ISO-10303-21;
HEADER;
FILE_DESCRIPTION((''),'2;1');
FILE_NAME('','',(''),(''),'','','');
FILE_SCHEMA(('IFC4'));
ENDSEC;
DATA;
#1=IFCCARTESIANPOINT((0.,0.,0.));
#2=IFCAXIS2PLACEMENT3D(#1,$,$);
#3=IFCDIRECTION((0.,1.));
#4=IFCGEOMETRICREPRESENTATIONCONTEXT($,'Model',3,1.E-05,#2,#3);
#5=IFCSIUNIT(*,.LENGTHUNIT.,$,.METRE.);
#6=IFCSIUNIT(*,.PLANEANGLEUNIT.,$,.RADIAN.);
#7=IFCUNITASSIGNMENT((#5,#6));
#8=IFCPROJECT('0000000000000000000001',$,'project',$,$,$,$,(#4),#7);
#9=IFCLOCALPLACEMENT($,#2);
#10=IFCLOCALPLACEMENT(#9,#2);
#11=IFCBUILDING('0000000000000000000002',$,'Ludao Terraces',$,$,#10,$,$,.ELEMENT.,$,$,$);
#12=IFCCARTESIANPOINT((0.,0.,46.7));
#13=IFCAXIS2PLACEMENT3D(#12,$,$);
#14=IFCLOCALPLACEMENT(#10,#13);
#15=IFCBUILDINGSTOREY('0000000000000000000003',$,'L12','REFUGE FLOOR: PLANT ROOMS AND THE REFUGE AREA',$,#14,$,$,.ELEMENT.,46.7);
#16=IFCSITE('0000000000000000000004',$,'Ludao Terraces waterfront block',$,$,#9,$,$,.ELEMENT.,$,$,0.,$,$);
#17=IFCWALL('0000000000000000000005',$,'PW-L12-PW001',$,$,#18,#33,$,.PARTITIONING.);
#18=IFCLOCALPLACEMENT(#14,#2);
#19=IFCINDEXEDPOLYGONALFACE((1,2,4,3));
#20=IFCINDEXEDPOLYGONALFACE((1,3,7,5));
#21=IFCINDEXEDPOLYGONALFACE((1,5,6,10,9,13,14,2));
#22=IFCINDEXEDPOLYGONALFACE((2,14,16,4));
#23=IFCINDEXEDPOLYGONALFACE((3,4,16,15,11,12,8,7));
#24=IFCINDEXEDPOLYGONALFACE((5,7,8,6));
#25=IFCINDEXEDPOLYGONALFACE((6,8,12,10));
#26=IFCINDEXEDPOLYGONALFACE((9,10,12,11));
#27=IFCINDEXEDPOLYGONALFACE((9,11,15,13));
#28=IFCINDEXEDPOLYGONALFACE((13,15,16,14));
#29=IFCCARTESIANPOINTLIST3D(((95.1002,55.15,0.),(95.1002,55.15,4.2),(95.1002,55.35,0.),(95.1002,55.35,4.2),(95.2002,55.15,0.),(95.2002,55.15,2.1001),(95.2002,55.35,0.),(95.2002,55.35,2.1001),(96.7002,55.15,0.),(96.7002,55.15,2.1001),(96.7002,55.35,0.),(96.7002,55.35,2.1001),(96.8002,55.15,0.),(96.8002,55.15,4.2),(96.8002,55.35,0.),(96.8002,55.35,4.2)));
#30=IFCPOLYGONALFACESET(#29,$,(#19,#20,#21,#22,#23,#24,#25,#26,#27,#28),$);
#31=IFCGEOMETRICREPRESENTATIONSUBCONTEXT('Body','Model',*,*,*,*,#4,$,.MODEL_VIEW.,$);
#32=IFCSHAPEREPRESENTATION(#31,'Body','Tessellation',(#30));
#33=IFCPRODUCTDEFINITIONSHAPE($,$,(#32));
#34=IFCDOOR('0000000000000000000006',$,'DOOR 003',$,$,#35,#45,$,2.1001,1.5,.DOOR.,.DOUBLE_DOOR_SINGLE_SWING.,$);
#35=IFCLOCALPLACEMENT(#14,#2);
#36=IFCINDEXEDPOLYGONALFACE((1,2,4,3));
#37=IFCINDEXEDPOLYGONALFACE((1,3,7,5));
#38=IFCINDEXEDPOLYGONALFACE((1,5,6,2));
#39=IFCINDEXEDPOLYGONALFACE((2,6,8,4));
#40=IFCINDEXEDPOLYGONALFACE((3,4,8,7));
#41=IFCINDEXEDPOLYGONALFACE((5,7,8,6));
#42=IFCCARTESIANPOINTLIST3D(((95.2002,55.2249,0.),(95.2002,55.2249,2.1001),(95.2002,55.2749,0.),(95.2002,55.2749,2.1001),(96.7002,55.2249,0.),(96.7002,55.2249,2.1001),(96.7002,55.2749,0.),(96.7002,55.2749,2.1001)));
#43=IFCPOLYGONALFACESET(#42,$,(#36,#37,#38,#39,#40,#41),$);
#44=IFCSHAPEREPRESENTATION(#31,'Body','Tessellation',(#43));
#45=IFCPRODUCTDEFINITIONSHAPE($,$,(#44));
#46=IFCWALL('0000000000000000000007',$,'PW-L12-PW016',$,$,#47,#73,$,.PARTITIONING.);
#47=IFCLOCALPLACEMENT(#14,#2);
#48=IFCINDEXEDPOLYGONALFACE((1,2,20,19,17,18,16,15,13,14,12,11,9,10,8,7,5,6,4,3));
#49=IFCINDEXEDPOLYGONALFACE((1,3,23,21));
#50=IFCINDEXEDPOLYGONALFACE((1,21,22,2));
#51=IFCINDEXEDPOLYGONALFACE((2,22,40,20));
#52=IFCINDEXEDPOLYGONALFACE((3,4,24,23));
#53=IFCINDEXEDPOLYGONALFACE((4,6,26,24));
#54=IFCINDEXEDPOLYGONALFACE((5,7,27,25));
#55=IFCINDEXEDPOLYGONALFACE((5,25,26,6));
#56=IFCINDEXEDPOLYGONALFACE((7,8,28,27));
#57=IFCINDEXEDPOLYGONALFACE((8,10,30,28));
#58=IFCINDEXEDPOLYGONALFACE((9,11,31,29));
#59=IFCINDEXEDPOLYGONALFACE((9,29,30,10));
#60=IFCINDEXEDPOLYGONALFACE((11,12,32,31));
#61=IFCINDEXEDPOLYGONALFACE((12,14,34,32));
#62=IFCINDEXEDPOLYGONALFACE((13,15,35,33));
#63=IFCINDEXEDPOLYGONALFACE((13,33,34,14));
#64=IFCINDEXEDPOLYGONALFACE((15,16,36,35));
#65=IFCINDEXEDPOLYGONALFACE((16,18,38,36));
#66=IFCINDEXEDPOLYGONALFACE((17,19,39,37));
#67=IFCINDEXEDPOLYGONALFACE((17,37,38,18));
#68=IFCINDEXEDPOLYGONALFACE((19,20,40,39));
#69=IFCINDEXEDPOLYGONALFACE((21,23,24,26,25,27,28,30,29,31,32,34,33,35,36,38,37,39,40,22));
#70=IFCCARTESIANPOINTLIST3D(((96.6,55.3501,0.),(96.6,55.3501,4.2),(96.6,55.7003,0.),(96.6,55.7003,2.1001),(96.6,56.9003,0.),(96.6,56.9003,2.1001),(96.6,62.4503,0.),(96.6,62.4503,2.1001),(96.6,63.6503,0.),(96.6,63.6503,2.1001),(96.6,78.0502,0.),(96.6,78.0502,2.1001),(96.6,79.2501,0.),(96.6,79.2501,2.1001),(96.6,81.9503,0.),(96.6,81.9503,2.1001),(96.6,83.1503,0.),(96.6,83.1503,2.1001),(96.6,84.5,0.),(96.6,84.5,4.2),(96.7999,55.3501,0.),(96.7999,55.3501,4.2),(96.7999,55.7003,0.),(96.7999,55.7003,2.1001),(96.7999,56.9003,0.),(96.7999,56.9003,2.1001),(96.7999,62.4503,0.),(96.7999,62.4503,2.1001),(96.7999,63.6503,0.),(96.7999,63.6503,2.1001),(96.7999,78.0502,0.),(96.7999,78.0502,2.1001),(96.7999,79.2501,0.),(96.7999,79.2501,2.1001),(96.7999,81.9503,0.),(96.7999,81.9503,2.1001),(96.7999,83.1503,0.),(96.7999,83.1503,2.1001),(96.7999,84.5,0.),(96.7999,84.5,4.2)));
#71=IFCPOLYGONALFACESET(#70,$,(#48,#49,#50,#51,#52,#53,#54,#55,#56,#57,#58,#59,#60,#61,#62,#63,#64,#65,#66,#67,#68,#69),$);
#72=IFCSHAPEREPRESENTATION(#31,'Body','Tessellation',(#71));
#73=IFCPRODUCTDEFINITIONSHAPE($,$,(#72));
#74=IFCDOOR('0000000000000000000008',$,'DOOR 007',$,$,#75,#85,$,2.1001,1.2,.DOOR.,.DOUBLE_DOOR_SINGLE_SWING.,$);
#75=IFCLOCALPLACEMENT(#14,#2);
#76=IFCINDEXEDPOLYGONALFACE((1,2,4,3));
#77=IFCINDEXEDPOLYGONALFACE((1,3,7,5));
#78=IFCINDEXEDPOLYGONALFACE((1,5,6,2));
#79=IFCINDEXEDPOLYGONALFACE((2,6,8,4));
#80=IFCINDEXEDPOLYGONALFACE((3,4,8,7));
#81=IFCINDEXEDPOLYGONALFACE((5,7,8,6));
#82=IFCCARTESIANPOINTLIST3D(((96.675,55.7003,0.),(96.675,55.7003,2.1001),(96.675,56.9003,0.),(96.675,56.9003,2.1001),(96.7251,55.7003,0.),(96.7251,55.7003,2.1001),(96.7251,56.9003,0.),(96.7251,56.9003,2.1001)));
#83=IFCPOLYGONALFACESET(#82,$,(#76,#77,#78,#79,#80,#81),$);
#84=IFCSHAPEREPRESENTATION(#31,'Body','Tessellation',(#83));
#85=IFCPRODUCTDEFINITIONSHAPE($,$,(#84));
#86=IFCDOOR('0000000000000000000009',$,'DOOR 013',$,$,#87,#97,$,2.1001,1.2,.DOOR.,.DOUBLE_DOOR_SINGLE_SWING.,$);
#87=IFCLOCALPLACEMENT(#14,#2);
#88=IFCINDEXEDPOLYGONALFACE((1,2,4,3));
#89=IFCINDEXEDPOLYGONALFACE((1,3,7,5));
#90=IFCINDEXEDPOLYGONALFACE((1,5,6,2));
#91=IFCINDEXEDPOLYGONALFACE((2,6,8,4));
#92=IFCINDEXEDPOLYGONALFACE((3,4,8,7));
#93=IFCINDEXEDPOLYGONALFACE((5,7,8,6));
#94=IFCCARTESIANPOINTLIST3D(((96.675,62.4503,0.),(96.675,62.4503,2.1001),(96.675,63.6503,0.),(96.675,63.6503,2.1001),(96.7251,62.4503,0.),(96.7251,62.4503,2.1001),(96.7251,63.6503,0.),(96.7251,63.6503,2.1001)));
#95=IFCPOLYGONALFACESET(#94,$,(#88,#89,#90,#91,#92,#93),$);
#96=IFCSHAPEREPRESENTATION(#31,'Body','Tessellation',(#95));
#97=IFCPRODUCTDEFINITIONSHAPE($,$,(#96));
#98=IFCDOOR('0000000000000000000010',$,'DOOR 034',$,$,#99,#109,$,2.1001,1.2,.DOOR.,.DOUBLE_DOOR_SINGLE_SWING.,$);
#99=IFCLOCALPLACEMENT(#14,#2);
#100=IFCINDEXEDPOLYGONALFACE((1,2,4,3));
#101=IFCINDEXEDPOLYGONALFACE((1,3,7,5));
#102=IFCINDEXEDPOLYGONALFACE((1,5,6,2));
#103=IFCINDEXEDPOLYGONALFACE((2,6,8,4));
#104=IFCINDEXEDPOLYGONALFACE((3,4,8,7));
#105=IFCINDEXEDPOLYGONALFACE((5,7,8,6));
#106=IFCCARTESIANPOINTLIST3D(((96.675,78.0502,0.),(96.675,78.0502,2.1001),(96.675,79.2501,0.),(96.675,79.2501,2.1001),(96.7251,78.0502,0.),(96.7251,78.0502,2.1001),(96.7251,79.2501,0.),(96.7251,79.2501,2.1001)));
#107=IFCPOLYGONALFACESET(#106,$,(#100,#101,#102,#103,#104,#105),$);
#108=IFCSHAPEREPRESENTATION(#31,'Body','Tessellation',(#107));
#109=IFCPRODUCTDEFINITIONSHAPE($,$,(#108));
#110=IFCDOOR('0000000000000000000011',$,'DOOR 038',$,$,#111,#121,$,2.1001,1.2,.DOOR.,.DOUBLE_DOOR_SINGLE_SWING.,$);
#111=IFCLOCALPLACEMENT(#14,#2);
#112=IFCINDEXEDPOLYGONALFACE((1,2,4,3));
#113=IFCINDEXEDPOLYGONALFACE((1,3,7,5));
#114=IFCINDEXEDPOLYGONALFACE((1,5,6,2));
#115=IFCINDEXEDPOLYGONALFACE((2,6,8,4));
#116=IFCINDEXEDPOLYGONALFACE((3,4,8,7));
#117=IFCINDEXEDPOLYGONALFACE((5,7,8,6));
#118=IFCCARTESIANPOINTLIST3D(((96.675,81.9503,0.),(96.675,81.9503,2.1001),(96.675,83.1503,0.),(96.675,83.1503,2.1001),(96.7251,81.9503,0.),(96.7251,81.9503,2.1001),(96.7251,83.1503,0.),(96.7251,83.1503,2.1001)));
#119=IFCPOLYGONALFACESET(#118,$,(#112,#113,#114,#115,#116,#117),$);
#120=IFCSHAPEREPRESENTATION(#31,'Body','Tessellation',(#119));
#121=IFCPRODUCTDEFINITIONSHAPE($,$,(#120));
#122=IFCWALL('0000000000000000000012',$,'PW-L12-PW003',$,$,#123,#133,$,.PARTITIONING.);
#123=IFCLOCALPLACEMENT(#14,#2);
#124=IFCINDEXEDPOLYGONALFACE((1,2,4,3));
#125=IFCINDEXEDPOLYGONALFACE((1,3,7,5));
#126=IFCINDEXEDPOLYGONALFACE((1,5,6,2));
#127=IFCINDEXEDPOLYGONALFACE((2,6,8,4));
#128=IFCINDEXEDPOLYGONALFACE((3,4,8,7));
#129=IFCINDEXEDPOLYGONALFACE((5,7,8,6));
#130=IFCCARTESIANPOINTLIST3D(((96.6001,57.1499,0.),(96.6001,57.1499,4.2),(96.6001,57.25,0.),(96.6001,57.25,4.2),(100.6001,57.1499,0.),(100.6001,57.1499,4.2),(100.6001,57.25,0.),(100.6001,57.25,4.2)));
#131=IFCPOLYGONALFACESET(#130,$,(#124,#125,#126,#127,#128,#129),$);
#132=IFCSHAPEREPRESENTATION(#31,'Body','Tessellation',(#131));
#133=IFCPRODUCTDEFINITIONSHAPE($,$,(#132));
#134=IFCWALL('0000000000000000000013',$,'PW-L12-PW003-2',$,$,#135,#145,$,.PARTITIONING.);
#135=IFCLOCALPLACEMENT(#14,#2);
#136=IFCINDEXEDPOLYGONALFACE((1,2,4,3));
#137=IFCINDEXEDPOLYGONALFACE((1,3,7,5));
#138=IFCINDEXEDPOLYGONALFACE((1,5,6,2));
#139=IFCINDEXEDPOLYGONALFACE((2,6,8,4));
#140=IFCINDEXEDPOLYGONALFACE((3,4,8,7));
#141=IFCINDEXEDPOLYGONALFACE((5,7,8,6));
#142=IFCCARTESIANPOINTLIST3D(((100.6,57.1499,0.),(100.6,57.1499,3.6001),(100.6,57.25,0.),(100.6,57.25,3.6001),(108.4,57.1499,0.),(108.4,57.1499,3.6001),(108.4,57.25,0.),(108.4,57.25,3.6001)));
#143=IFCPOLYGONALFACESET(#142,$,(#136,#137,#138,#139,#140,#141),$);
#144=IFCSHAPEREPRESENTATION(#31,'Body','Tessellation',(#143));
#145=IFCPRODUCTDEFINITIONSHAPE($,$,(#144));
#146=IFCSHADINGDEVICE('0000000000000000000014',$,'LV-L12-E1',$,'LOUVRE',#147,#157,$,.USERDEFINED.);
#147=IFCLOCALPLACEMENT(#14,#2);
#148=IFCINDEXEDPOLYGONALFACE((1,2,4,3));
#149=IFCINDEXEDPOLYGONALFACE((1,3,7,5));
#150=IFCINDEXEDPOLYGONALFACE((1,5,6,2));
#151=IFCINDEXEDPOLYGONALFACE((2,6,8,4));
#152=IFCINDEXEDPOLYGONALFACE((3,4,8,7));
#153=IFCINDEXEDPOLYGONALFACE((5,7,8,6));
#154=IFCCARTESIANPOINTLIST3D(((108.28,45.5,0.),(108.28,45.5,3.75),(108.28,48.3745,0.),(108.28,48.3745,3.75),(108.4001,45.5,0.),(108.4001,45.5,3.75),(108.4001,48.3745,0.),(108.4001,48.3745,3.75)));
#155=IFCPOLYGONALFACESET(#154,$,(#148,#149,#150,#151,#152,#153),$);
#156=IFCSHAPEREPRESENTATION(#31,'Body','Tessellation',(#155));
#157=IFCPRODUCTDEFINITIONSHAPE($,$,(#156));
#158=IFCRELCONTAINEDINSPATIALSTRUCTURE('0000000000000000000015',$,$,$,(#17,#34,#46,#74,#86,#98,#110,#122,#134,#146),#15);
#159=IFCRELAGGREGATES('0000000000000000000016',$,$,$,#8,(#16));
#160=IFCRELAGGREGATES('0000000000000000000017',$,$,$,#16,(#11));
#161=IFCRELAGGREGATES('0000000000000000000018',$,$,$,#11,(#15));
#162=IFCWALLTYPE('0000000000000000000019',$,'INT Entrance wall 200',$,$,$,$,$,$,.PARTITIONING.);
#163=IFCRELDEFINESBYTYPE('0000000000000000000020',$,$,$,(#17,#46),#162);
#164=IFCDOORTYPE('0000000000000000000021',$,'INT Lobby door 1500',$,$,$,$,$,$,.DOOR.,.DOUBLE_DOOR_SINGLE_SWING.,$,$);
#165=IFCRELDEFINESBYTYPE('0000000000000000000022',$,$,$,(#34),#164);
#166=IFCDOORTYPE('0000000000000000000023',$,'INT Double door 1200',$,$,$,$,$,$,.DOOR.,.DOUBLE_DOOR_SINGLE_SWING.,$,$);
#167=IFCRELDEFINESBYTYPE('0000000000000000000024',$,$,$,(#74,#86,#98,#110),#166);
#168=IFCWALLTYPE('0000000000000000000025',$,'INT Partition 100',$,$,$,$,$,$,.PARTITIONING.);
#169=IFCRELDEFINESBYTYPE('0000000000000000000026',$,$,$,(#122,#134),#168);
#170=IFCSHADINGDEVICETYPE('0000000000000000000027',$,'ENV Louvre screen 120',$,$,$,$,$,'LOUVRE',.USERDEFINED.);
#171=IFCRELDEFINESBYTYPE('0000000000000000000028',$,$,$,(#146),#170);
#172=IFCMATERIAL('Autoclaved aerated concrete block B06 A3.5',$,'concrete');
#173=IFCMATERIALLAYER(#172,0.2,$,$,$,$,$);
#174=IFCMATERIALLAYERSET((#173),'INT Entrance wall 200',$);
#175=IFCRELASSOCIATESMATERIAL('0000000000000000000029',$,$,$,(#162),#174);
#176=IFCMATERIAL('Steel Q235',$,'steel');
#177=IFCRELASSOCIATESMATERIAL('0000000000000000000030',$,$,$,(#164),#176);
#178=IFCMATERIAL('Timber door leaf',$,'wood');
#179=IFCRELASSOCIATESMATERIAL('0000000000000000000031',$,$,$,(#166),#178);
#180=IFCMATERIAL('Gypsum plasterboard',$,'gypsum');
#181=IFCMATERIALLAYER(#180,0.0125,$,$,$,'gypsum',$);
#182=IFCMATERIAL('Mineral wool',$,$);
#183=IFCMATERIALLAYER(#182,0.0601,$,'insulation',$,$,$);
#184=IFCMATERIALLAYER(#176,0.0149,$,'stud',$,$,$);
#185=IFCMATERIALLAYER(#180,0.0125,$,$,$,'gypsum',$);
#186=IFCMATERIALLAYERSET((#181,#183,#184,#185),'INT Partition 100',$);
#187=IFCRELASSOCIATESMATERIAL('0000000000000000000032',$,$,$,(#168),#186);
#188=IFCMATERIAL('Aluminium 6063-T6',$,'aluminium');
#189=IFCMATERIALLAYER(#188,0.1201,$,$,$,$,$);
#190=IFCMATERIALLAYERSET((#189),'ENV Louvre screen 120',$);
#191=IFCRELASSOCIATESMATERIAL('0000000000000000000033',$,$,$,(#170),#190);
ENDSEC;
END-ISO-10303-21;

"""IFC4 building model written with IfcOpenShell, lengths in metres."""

from ifc_helpers import new_model, si_unit, direction, frame, frame_2d, origin, place, context, subcontext, project, spatial, rectangle, extrude, material, layer, layer_set, type_object, element, fill, save


model = new_model("IFC4")

# Units and contexts
model_context = context("Model", 3, precision=1e-05, world=origin(), true_north=direction((0.0, 1.0)))
body_context = subcontext(model_context, "Body", "Model", "MODEL_VIEW")
ifc_project = project(units=[si_unit("LENGTHUNIT", "METRE"), si_unit("PLANEANGLEUNIT", "RADIAN")], contexts=[model_context])

# Site, building, storey
site_placement = place(None, origin())
site = spatial("IfcSite", under=ifc_project, at=site_placement, Name="Ludao Terraces waterfront block", CompositionType="ELEMENT", RefElevation=0.0)
building_placement = place(site_placement, origin())
building = spatial("IfcBuilding", under=site, at=building_placement, Name="Ludao Terraces", CompositionType="ELEMENT")
storey_placement = place(building_placement, frame((0.0, 0.0, 46.7)))
storey = spatial("IfcBuildingStorey", under=building, at=storey_placement, Name="L12", Description="REFUGE FLOOR: PLANT ROOMS AND THE REFUGE AREA", CompositionType="ELEMENT", Elevation=46.7)

# Wall, opening, door
ifc_material_1 = material(Name="Autoclaved aerated concrete block B06 A3.5", Category="concrete")
ifc_layer_1 = layer(ifc_material_1, 0.2)
ifc_layer_set_1 = layer_set([ifc_layer_1], Name="INT Entrance wall 200")
wall_type_1 = type_object("IfcWallType", Name="INT Entrance wall 200", PredefinedType="PARTITIONING", material=ifc_layer_set_1)
wall_1_placement = place(storey_placement, frame((95.1001, 55.25, 0.0), z_axis=(0.0, 0.0, 1.0), x_axis=(1.0, 0.0, 0.0)))
wall_1 = element("IfcWall", 1, at=wall_1_placement, inside=storey, type_object=wall_type_1, Name="PW-L12-PW001", PredefinedType="PARTITIONING", context=body_context, shape_type="SweptSolid", body=[
    extrude(rectangle(XDim=1.7, YDim=0.2, at=frame_2d((0.8501, 0.0))), origin(), (0.0, 0.0, 1.0), 4.2),
])
opening_1_placement = place(wall_1_placement, frame((0.1001, 0.0, 0.0)))
opening_1 = element("IfcOpeningElement", 2, at=opening_1_placement, cuts=wall_1, PredefinedType="OPENING", context=body_context, shape_type="SweptSolid", body=[
    extrude(rectangle(XDim=1.5, YDim=2.1001, at=frame_2d((0.75, 1.05))), frame((0.0, 0.1099, 0.0), z_axis=(0.0, -1.0, 0.0), x_axis=(1.0, 0.0, 0.0)), (0.0, 0.0, 1.0), 0.22),
])
ifc_material_2 = material(Name="Steel Q235", Category="steel")
door_type_1 = type_object("IfcDoorType", Name="INT Lobby door 1500", OperationType="DOUBLE_DOOR_SINGLE_SWING", PredefinedType="DOOR", material=ifc_material_2)
door_1_placement = place(opening_1_placement, origin())
door_1 = element("IfcDoor", 3, at=door_1_placement, inside=storey, type_object=door_type_1, Name="DOOR 003", OperationType="DOUBLE_DOOR_SINGLE_SWING", OverallHeight=2.1001, OverallWidth=1.5, PredefinedType="DOOR", context=body_context, shape_type="SweptSolid", body=[
    extrude(rectangle(XDim=1.5, YDim=2.1001, at=frame_2d((0.75, 1.05))), frame((0.0, 0.0249, 0.0), z_axis=(0.0, -1.0, 0.0), x_axis=(1.0, 0.0, 0.0)), (0.0, 0.0, 1.0), 0.05),
])
fill(opening_1, door_1)

# Wall, openings, doors
wall_2_placement = place(storey_placement, frame((96.7, 55.3501, 0.0), z_axis=(0.0, 0.0, 1.0), x_axis=(0.0, 1.0, 0.0)))
wall_2 = element("IfcWall", 4, at=wall_2_placement, inside=storey, type_object=wall_type_1, Name="PW-L12-PW016", PredefinedType="PARTITIONING", context=body_context, shape_type="SweptSolid", body=[
    extrude(rectangle(XDim=29.1499, YDim=0.2, at=frame_2d((14.575, 0.0))), origin(), (0.0, 0.0, 1.0), 4.2),
])
opening_2_placement = place(wall_2_placement, frame((0.3501, 0.0, 0.0)))
opening_2 = element("IfcOpeningElement", 5, at=opening_2_placement, cuts=wall_2, PredefinedType="OPENING", context=body_context, shape_type="SweptSolid", body=[
    extrude(rectangle(XDim=1.2, YDim=2.1001, at=frame_2d((0.6001, 1.05))), frame((0.0, 0.1099, 0.0), z_axis=(0.0, -1.0, 0.0), x_axis=(1.0, 0.0, 0.0)), (0.0, 0.0, 1.0), 0.22),
])
opening_3_placement = place(wall_2_placement, frame((7.1001, 0.0, 0.0)))
opening_3 = element("IfcOpeningElement", 6, at=opening_3_placement, cuts=wall_2, PredefinedType="OPENING", context=body_context, shape_type="SweptSolid", body=[
    extrude(rectangle(XDim=1.2, YDim=2.1001, at=frame_2d((0.6001, 1.05))), frame((0.0, 0.1099, 0.0), z_axis=(0.0, -1.0, 0.0), x_axis=(1.0, 0.0, 0.0)), (0.0, 0.0, 1.0), 0.22),
])
opening_4_placement = place(wall_2_placement, frame((22.7, 0.0, 0.0)))
opening_4 = element("IfcOpeningElement", 7, at=opening_4_placement, cuts=wall_2, PredefinedType="OPENING", context=body_context, shape_type="SweptSolid", body=[
    extrude(rectangle(XDim=1.2, YDim=2.1001, at=frame_2d((0.6001, 1.05))), frame((0.0, 0.1099, 0.0), z_axis=(0.0, -1.0, 0.0), x_axis=(1.0, 0.0, 0.0)), (0.0, 0.0, 1.0), 0.22),
])
opening_5_placement = place(wall_2_placement, frame((26.6001, 0.0, 0.0)))
opening_5 = element("IfcOpeningElement", 8, at=opening_5_placement, cuts=wall_2, PredefinedType="OPENING", context=body_context, shape_type="SweptSolid", body=[
    extrude(rectangle(XDim=1.2, YDim=2.1001, at=frame_2d((0.6001, 1.05))), frame((0.0, 0.1099, 0.0), z_axis=(0.0, -1.0, 0.0), x_axis=(1.0, 0.0, 0.0)), (0.0, 0.0, 1.0), 0.22),
])
ifc_material_3 = material(Name="Timber door leaf", Category="wood")
door_type_2 = type_object("IfcDoorType", Name="INT Double door 1200", OperationType="DOUBLE_DOOR_SINGLE_SWING", PredefinedType="DOOR", material=ifc_material_3)
door_2_placement = place(opening_2_placement, origin())
door_2 = element("IfcDoor", 9, at=door_2_placement, inside=storey, type_object=door_type_2, Name="DOOR 007", OperationType="DOUBLE_DOOR_SINGLE_SWING", OverallHeight=2.1001, OverallWidth=1.2, PredefinedType="DOOR", context=body_context, shape_type="SweptSolid", body=[
    extrude(rectangle(XDim=1.2, YDim=2.1001, at=frame_2d((0.6001, 1.05))), frame((0.0, 0.0249, 0.0), z_axis=(0.0, -1.0, 0.0), x_axis=(1.0, 0.0, 0.0)), (0.0, 0.0, 1.0), 0.05),
])
fill(opening_2, door_2)
door_3_placement = place(opening_3_placement, origin())
door_3 = element("IfcDoor", 10, at=door_3_placement, inside=storey, type_object=door_type_2, Name="DOOR 013", OperationType="DOUBLE_DOOR_SINGLE_SWING", OverallHeight=2.1001, OverallWidth=1.2, PredefinedType="DOOR", context=body_context, shape_type="SweptSolid", body=[
    extrude(rectangle(XDim=1.2, YDim=2.1001, at=frame_2d((0.6001, 1.05))), frame((0.0, 0.0249, 0.0), z_axis=(0.0, -1.0, 0.0), x_axis=(1.0, 0.0, 0.0)), (0.0, 0.0, 1.0), 0.05),
])
fill(opening_3, door_3)
door_4_placement = place(opening_4_placement, origin())
door_4 = element("IfcDoor", 11, at=door_4_placement, inside=storey, type_object=door_type_2, Name="DOOR 034", OperationType="DOUBLE_DOOR_SINGLE_SWING", OverallHeight=2.1001, OverallWidth=1.2, PredefinedType="DOOR", context=body_context, shape_type="SweptSolid", body=[
    extrude(rectangle(XDim=1.2, YDim=2.1001, at=frame_2d((0.6001, 1.05))), frame((0.0, 0.0249, 0.0), z_axis=(0.0, -1.0, 0.0), x_axis=(1.0, 0.0, 0.0)), (0.0, 0.0, 1.0), 0.05),
])
fill(opening_4, door_4)
door_5_placement = place(opening_5_placement, origin())
door_5 = element("IfcDoor", 12, at=door_5_placement, inside=storey, type_object=door_type_2, Name="DOOR 038", OperationType="DOUBLE_DOOR_SINGLE_SWING", OverallHeight=2.1001, OverallWidth=1.2, PredefinedType="DOOR", context=body_context, shape_type="SweptSolid", body=[
    extrude(rectangle(XDim=1.2, YDim=2.1001, at=frame_2d((0.6001, 1.05))), frame((0.0, 0.0249, 0.0), z_axis=(0.0, -1.0, 0.0), x_axis=(1.0, 0.0, 0.0)), (0.0, 0.0, 1.0), 0.05),
])
fill(opening_5, door_5)

# Walls
ifc_material_4 = material(Name="Gypsum plasterboard", Category="gypsum")
ifc_layer_2 = layer(ifc_material_4, 0.0125, Category="gypsum")
ifc_material_5 = material(Name="Mineral wool")
ifc_layer_3 = layer(ifc_material_5, 0.0601, Name="insulation")
ifc_layer_4 = layer(ifc_material_2, 0.0149, Name="stud")
ifc_layer_5 = layer(ifc_material_4, 0.0125, Category="gypsum")
ifc_layer_set_2 = layer_set([ifc_layer_2, ifc_layer_3, ifc_layer_4, ifc_layer_5], Name="INT Partition 100")
wall_type_2 = type_object("IfcWallType", Name="INT Partition 100", PredefinedType="PARTITIONING", material=ifc_layer_set_2)
wall_3_placement = place(storey_placement, frame((96.6001, 57.2, 0.0), z_axis=(0.0, 0.0, 1.0), x_axis=(1.0, 0.0, 0.0)))
element("IfcWall", 13, at=wall_3_placement, inside=storey, type_object=wall_type_2, Name="PW-L12-PW003", PredefinedType="PARTITIONING", context=body_context, shape_type="SweptSolid", body=[
    extrude(rectangle(XDim=4.0, YDim=0.1001, at=frame_2d((2.0, 0.0))), origin(), (0.0, 0.0, 1.0), 4.2),
])
wall_4_placement = place(storey_placement, frame((100.6001, 57.2, 0.0), z_axis=(0.0, 0.0, 1.0), x_axis=(1.0, 0.0, 0.0)))
element("IfcWall", 14, at=wall_4_placement, inside=storey, type_object=wall_type_2, Name="PW-L12-PW003-2", PredefinedType="PARTITIONING", context=body_context, shape_type="SweptSolid", body=[
    extrude(rectangle(XDim=7.8, YDim=0.1001, at=frame_2d((3.8999, 0.0))), origin(), (0.0, 0.0, 1.0), 3.6001),
])

# Shading device
ifc_material_6 = material(Name="Aluminium 6063-T6", Category="aluminium")
ifc_layer_6 = layer(ifc_material_6, 0.1201)
ifc_layer_set_3 = layer_set([ifc_layer_6], Name="ENV Louvre screen 120")
shading_device_type = type_object("IfcShadingDeviceType", Name="ENV Louvre screen 120", ElementType="LOUVRE", PredefinedType="USERDEFINED", material=ifc_layer_set_3)
shading_device_placement = place(storey_placement, frame((108.3401, 45.5, 0.0), z_axis=(0.0, 0.0, 1.0), x_axis=(0.0, 1.0, 0.0)))
element("IfcShadingDevice", 15, at=shading_device_placement, inside=storey, type_object=shading_device_type, Name="LV-L12-E1", ObjectType="LOUVRE", PredefinedType="USERDEFINED", context=body_context, shape_type="SweptSolid", body=[
    extrude(rectangle(XDim=2.8745, YDim=0.1201, at=frame_2d((1.4373, 0.0))), origin(), (0.0, 0.0, 1.0), 3.75),
])

save(model, "model.ifc")
